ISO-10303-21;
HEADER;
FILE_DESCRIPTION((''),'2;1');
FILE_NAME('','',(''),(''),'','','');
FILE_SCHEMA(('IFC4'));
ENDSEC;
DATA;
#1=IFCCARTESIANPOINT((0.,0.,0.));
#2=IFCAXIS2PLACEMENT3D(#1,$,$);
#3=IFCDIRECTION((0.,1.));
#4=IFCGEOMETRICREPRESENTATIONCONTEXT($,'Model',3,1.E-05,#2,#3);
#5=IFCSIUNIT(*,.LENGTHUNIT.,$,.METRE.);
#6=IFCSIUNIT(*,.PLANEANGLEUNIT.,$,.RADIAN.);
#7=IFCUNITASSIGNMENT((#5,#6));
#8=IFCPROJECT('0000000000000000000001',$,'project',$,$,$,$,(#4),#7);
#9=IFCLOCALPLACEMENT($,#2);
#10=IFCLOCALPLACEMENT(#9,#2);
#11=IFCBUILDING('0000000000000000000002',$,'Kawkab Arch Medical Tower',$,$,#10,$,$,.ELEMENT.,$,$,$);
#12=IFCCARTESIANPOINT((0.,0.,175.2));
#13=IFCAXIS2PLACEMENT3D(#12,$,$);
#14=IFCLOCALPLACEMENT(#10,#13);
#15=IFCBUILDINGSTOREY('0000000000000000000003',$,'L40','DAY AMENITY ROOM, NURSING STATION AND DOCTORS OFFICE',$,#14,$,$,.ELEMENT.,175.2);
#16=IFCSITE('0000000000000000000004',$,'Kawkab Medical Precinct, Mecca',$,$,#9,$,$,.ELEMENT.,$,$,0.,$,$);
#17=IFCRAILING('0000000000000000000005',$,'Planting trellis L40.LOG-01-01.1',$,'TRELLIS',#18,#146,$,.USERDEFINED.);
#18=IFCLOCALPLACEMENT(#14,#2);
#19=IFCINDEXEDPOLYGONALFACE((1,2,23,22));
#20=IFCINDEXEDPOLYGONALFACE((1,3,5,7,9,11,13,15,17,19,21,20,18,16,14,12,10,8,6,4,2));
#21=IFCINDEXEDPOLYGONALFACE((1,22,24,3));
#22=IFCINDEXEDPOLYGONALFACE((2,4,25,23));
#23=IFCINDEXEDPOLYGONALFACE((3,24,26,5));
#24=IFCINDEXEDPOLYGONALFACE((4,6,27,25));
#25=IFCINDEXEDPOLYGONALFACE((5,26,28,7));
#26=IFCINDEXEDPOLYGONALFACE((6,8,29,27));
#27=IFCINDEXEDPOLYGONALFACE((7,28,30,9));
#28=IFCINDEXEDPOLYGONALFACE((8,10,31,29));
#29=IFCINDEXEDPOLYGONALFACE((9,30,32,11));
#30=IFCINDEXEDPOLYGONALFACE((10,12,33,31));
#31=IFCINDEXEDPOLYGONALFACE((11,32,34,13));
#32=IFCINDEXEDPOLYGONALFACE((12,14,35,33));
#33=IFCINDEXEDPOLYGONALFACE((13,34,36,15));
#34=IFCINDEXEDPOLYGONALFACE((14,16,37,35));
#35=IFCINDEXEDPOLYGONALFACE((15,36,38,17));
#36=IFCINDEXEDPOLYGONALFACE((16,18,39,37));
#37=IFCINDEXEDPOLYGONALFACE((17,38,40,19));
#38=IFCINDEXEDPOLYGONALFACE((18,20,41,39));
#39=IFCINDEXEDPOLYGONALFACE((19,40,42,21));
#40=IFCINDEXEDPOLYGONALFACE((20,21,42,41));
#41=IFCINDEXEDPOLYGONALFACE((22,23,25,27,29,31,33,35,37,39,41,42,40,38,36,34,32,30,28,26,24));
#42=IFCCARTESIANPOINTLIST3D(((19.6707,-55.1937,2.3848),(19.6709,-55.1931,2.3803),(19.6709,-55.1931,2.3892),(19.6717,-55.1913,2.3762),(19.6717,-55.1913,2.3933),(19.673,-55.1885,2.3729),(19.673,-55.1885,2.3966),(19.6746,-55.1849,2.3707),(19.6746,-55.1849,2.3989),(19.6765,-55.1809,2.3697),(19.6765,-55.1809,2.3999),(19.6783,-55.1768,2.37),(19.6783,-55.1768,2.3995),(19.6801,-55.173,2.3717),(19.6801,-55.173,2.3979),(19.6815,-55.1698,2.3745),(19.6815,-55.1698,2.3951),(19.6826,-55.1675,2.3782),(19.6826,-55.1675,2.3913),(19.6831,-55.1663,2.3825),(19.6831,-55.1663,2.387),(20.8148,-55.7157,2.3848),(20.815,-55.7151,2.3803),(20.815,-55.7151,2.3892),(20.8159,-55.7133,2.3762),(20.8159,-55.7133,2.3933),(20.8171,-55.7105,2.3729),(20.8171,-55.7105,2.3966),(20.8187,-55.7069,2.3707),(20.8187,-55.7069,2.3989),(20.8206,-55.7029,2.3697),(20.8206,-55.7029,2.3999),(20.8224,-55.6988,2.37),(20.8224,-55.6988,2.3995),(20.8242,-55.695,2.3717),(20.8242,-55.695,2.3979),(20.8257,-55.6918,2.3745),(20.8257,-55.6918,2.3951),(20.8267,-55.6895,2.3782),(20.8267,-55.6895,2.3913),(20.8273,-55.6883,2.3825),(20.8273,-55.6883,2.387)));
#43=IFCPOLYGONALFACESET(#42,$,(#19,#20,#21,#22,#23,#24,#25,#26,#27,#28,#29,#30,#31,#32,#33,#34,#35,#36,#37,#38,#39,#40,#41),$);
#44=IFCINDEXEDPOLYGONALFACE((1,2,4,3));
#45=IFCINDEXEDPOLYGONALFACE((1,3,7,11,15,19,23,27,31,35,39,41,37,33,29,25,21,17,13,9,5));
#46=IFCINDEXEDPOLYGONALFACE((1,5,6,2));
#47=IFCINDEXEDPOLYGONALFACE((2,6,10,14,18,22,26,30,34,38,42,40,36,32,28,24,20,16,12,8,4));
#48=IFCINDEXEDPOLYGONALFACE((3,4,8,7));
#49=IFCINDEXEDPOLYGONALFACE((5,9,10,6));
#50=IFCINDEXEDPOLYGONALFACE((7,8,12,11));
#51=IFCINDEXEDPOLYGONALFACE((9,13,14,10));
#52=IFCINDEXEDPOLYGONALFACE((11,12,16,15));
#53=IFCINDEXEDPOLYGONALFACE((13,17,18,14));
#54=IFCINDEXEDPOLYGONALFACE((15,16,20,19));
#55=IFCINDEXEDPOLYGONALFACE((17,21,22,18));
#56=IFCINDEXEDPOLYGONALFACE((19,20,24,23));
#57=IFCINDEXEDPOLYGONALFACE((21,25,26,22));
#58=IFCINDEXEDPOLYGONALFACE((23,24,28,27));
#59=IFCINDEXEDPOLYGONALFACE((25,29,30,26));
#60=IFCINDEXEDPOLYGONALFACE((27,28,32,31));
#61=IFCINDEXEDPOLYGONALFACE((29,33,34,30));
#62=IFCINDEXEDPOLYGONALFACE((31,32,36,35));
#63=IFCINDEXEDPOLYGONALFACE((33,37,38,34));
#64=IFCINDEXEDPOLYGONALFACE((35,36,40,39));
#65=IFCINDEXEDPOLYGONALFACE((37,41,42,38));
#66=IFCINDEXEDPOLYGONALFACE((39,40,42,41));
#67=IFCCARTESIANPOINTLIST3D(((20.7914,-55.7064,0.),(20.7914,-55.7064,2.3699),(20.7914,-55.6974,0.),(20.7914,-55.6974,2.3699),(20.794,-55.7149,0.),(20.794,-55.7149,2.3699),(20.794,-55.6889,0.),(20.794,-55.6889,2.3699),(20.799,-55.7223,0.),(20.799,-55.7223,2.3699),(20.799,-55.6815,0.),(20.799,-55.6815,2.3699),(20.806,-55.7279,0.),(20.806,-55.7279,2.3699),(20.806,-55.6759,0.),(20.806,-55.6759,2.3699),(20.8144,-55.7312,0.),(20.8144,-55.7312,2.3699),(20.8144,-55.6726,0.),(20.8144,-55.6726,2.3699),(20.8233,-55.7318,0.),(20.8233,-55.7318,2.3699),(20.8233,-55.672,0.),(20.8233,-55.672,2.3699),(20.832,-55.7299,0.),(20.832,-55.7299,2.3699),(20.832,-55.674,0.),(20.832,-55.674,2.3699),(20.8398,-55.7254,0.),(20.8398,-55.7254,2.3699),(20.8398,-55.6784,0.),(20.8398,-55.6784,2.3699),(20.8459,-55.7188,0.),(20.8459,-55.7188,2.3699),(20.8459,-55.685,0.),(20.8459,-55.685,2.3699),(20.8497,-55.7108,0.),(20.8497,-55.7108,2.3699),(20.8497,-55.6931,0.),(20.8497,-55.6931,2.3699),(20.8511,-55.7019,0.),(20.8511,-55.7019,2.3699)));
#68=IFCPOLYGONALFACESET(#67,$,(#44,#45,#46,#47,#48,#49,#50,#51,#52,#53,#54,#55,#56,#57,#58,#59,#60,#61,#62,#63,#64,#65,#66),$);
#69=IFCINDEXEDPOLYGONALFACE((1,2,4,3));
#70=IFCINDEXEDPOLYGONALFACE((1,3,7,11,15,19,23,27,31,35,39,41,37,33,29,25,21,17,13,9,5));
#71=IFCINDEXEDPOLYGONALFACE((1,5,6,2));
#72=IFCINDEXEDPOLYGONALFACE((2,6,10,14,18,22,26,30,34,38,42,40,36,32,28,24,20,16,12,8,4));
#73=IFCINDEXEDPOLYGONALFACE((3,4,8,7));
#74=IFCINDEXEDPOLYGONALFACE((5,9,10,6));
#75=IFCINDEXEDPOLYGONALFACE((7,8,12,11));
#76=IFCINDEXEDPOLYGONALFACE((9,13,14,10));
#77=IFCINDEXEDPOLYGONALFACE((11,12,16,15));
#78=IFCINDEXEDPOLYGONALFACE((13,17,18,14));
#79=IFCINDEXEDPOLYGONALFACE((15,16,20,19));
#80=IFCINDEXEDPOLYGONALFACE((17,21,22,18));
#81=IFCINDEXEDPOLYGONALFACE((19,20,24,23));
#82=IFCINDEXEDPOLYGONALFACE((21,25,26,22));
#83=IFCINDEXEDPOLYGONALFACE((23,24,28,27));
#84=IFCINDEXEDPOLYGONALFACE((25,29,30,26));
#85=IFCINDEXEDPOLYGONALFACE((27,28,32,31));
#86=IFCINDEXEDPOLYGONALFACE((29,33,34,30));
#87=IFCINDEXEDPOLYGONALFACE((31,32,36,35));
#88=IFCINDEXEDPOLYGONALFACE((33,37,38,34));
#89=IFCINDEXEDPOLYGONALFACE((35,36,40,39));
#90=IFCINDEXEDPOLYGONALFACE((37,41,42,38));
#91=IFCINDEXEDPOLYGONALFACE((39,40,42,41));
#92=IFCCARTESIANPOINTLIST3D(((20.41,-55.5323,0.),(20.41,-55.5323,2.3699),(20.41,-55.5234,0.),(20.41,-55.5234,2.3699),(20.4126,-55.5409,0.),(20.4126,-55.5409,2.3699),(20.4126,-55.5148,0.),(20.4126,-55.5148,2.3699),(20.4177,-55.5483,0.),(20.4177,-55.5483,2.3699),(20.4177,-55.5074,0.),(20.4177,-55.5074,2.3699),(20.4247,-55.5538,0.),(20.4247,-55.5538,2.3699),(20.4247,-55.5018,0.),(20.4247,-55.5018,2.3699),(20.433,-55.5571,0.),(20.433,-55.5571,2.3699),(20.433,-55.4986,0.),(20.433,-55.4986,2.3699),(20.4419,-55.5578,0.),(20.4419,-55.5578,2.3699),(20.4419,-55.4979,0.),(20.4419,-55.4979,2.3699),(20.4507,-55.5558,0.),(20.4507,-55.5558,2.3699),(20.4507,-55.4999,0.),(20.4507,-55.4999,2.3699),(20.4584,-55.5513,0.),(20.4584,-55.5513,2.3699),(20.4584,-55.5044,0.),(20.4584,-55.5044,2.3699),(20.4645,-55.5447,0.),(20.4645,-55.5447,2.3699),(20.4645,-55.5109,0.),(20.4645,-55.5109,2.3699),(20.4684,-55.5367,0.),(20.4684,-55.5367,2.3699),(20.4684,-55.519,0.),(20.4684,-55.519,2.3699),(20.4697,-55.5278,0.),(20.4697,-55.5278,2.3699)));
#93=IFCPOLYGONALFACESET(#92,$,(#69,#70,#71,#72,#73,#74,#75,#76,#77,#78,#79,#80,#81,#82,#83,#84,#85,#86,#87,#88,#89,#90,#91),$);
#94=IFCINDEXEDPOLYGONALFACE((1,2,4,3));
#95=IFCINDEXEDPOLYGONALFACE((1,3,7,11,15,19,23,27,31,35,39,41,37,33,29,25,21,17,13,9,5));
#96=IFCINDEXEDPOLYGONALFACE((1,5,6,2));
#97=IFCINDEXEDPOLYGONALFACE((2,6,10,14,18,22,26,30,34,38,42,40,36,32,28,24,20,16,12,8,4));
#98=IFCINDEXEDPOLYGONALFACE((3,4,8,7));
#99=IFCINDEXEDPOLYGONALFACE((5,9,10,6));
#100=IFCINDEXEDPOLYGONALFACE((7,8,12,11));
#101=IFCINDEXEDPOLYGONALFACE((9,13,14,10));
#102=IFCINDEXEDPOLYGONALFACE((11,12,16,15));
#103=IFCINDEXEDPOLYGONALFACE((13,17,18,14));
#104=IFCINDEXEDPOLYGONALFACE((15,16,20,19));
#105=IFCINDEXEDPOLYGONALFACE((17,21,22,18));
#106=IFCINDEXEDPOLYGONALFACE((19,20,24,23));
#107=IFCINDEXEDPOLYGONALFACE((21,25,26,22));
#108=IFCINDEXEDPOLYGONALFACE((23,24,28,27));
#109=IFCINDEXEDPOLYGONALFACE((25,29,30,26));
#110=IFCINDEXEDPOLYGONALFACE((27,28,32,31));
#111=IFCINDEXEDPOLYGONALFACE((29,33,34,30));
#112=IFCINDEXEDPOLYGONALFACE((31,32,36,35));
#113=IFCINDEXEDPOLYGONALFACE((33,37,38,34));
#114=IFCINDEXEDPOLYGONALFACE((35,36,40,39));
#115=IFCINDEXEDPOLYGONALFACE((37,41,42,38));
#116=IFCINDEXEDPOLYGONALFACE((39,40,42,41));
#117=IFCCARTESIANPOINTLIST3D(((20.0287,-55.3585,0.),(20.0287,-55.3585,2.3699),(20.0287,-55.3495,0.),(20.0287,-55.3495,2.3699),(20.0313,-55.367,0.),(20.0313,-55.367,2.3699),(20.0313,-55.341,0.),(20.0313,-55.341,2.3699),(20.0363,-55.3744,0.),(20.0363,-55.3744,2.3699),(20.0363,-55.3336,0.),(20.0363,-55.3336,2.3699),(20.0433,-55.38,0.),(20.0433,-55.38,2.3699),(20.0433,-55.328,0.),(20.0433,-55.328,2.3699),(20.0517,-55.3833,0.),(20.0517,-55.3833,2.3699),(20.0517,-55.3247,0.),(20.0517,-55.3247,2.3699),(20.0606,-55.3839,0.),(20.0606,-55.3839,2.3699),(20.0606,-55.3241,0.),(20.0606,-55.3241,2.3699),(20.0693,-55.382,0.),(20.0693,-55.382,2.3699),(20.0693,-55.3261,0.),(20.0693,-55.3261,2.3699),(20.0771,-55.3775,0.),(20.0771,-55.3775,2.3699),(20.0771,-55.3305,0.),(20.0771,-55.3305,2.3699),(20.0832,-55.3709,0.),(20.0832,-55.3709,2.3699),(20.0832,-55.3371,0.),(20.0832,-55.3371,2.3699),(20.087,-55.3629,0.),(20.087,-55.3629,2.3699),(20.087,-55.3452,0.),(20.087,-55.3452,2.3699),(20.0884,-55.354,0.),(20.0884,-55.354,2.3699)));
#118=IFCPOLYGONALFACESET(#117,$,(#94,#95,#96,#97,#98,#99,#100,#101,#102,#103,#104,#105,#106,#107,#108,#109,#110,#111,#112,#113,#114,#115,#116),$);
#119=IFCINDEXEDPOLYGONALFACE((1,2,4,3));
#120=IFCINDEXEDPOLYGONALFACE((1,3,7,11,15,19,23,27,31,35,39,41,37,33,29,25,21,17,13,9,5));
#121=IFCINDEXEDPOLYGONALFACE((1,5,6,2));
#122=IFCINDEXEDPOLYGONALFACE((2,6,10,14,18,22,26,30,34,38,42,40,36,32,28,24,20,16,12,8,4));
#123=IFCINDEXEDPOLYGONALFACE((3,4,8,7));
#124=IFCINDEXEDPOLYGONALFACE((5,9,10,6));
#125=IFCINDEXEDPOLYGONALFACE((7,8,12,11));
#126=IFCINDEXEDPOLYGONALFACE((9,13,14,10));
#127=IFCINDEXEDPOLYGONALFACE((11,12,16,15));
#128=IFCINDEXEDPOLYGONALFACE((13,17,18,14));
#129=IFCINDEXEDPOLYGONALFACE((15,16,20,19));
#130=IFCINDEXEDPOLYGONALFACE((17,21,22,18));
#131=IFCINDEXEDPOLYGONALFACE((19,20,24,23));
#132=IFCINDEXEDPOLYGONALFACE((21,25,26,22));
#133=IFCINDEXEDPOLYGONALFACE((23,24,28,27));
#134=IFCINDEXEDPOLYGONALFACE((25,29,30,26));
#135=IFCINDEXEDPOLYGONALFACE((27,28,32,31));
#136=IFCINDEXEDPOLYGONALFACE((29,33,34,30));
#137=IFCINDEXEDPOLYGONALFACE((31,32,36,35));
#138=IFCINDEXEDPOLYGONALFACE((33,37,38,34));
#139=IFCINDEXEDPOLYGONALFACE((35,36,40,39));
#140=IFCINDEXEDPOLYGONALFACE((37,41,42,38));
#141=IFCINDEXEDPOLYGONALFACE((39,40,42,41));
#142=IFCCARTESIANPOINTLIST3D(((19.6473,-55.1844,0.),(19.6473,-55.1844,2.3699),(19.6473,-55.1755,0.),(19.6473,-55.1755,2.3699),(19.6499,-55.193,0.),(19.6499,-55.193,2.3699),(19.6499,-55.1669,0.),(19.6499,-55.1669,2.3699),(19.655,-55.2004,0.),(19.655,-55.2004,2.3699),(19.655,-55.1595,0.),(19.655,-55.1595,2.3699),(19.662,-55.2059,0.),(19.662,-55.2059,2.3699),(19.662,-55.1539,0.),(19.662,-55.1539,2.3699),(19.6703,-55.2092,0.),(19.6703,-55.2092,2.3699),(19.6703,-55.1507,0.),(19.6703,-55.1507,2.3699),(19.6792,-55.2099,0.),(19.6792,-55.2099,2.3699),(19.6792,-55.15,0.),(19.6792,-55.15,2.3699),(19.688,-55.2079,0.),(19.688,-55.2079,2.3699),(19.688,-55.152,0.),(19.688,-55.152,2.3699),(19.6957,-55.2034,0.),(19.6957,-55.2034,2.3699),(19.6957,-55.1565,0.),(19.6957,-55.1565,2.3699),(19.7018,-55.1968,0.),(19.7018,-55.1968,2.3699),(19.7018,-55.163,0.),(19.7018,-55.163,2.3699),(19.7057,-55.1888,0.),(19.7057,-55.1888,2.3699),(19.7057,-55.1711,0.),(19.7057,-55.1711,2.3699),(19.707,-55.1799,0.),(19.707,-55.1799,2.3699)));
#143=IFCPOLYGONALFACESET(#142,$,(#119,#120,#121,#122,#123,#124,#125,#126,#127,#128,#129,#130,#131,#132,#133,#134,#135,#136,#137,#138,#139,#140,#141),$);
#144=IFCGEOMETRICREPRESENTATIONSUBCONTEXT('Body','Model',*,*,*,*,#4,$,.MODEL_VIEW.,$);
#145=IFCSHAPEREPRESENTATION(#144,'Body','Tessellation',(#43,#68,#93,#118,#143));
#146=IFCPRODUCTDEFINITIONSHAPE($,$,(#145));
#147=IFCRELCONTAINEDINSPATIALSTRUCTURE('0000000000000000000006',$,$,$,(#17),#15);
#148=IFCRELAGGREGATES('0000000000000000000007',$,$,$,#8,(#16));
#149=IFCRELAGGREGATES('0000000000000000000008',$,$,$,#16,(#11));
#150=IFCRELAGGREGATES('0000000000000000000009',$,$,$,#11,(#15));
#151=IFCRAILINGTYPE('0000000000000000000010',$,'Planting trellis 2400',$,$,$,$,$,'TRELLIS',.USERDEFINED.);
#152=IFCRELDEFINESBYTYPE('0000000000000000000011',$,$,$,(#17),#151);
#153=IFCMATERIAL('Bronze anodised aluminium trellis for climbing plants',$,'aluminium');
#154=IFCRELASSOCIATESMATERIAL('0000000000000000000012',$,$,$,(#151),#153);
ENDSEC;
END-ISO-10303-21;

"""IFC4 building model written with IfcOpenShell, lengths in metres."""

from ifc_helpers import new_model, si_unit, direction, frame, origin, origin_2d, place, context, subcontext, project, spatial, circle, extrude, material, type_object, element, save


model = new_model("IFC4")

# Units and contexts
model_context = context("Model", 3, precision=1e-05, world=origin(), true_north=direction((0.0, 1.0)))
body_context = subcontext(model_context, "Body", "Model", "MODEL_VIEW")
ifc_project = project(units=[si_unit("LENGTHUNIT", "METRE"), si_unit("PLANEANGLEUNIT", "RADIAN")], contexts=[model_context])

# Site, building, storey
site_placement = place(None, origin())
site = spatial("IfcSite", under=ifc_project, at=site_placement, Name="Kawkab Medical Precinct, Mecca", CompositionType="ELEMENT", RefElevation=0.0)
building_placement = place(site_placement, origin())
building = spatial("IfcBuilding", under=site, at=building_placement, Name="Kawkab Arch Medical Tower", CompositionType="ELEMENT")
storey_placement = place(building_placement, frame((0.0, 0.0, 175.2)))
storey = spatial("IfcBuildingStorey", under=building, at=storey_placement, Name="L40", Description="DAY AMENITY ROOM, NURSING STATION AND DOCTORS OFFICE", CompositionType="ELEMENT", Elevation=175.2)

# Railing
ifc_material_1 = material(Name="Bronze anodised aluminium trellis for climbing plants", Category="aluminium")
railing_type = type_object("IfcRailingType", Name="Planting trellis 2400", ElementType="TRELLIS", PredefinedType="USERDEFINED", material=ifc_material_1)
railing_1_placement = place(storey_placement, frame((20.821, -55.7019, 0.0)))
element("IfcRailing", 1, at=railing_1_placement, inside=storey, type_object=railing_type, Name="Planting trellis L40.LOG-01-01.1", ObjectType="TRELLIS", PredefinedType="USERDEFINED", context=body_context, shape_type="SweptSolid", body=[
    extrude(circle(Radius=0.0151, at=origin_2d()), frame((0.0, 0.0, 2.3848), z_axis=(-0.90978, 0.41509, 0.0), x_axis=(-0.41509, -0.90978, 0.0)), (0.0, 0.0, 1.0), 1.2576),
    extrude(circle(Radius=0.03, at=origin_2d()), origin(), (0.0, 0.0, 1.0), 2.3699),
    extrude(circle(Radius=0.03, at=origin_2d()), frame((-0.3813, 0.1741, 0.0)), (0.0, 0.0, 1.0), 2.3699),
    extrude(circle(Radius=0.03, at=origin_2d()), frame((-0.7627, 0.3479, 0.0)), (0.0, 0.0, 1.0), 2.3699),
    extrude(circle(Radius=0.03, at=origin_2d()), frame((-1.144, 0.522, 0.0)), (0.0, 0.0, 1.0), 2.3699),
])

save(model, "model.ifc")
